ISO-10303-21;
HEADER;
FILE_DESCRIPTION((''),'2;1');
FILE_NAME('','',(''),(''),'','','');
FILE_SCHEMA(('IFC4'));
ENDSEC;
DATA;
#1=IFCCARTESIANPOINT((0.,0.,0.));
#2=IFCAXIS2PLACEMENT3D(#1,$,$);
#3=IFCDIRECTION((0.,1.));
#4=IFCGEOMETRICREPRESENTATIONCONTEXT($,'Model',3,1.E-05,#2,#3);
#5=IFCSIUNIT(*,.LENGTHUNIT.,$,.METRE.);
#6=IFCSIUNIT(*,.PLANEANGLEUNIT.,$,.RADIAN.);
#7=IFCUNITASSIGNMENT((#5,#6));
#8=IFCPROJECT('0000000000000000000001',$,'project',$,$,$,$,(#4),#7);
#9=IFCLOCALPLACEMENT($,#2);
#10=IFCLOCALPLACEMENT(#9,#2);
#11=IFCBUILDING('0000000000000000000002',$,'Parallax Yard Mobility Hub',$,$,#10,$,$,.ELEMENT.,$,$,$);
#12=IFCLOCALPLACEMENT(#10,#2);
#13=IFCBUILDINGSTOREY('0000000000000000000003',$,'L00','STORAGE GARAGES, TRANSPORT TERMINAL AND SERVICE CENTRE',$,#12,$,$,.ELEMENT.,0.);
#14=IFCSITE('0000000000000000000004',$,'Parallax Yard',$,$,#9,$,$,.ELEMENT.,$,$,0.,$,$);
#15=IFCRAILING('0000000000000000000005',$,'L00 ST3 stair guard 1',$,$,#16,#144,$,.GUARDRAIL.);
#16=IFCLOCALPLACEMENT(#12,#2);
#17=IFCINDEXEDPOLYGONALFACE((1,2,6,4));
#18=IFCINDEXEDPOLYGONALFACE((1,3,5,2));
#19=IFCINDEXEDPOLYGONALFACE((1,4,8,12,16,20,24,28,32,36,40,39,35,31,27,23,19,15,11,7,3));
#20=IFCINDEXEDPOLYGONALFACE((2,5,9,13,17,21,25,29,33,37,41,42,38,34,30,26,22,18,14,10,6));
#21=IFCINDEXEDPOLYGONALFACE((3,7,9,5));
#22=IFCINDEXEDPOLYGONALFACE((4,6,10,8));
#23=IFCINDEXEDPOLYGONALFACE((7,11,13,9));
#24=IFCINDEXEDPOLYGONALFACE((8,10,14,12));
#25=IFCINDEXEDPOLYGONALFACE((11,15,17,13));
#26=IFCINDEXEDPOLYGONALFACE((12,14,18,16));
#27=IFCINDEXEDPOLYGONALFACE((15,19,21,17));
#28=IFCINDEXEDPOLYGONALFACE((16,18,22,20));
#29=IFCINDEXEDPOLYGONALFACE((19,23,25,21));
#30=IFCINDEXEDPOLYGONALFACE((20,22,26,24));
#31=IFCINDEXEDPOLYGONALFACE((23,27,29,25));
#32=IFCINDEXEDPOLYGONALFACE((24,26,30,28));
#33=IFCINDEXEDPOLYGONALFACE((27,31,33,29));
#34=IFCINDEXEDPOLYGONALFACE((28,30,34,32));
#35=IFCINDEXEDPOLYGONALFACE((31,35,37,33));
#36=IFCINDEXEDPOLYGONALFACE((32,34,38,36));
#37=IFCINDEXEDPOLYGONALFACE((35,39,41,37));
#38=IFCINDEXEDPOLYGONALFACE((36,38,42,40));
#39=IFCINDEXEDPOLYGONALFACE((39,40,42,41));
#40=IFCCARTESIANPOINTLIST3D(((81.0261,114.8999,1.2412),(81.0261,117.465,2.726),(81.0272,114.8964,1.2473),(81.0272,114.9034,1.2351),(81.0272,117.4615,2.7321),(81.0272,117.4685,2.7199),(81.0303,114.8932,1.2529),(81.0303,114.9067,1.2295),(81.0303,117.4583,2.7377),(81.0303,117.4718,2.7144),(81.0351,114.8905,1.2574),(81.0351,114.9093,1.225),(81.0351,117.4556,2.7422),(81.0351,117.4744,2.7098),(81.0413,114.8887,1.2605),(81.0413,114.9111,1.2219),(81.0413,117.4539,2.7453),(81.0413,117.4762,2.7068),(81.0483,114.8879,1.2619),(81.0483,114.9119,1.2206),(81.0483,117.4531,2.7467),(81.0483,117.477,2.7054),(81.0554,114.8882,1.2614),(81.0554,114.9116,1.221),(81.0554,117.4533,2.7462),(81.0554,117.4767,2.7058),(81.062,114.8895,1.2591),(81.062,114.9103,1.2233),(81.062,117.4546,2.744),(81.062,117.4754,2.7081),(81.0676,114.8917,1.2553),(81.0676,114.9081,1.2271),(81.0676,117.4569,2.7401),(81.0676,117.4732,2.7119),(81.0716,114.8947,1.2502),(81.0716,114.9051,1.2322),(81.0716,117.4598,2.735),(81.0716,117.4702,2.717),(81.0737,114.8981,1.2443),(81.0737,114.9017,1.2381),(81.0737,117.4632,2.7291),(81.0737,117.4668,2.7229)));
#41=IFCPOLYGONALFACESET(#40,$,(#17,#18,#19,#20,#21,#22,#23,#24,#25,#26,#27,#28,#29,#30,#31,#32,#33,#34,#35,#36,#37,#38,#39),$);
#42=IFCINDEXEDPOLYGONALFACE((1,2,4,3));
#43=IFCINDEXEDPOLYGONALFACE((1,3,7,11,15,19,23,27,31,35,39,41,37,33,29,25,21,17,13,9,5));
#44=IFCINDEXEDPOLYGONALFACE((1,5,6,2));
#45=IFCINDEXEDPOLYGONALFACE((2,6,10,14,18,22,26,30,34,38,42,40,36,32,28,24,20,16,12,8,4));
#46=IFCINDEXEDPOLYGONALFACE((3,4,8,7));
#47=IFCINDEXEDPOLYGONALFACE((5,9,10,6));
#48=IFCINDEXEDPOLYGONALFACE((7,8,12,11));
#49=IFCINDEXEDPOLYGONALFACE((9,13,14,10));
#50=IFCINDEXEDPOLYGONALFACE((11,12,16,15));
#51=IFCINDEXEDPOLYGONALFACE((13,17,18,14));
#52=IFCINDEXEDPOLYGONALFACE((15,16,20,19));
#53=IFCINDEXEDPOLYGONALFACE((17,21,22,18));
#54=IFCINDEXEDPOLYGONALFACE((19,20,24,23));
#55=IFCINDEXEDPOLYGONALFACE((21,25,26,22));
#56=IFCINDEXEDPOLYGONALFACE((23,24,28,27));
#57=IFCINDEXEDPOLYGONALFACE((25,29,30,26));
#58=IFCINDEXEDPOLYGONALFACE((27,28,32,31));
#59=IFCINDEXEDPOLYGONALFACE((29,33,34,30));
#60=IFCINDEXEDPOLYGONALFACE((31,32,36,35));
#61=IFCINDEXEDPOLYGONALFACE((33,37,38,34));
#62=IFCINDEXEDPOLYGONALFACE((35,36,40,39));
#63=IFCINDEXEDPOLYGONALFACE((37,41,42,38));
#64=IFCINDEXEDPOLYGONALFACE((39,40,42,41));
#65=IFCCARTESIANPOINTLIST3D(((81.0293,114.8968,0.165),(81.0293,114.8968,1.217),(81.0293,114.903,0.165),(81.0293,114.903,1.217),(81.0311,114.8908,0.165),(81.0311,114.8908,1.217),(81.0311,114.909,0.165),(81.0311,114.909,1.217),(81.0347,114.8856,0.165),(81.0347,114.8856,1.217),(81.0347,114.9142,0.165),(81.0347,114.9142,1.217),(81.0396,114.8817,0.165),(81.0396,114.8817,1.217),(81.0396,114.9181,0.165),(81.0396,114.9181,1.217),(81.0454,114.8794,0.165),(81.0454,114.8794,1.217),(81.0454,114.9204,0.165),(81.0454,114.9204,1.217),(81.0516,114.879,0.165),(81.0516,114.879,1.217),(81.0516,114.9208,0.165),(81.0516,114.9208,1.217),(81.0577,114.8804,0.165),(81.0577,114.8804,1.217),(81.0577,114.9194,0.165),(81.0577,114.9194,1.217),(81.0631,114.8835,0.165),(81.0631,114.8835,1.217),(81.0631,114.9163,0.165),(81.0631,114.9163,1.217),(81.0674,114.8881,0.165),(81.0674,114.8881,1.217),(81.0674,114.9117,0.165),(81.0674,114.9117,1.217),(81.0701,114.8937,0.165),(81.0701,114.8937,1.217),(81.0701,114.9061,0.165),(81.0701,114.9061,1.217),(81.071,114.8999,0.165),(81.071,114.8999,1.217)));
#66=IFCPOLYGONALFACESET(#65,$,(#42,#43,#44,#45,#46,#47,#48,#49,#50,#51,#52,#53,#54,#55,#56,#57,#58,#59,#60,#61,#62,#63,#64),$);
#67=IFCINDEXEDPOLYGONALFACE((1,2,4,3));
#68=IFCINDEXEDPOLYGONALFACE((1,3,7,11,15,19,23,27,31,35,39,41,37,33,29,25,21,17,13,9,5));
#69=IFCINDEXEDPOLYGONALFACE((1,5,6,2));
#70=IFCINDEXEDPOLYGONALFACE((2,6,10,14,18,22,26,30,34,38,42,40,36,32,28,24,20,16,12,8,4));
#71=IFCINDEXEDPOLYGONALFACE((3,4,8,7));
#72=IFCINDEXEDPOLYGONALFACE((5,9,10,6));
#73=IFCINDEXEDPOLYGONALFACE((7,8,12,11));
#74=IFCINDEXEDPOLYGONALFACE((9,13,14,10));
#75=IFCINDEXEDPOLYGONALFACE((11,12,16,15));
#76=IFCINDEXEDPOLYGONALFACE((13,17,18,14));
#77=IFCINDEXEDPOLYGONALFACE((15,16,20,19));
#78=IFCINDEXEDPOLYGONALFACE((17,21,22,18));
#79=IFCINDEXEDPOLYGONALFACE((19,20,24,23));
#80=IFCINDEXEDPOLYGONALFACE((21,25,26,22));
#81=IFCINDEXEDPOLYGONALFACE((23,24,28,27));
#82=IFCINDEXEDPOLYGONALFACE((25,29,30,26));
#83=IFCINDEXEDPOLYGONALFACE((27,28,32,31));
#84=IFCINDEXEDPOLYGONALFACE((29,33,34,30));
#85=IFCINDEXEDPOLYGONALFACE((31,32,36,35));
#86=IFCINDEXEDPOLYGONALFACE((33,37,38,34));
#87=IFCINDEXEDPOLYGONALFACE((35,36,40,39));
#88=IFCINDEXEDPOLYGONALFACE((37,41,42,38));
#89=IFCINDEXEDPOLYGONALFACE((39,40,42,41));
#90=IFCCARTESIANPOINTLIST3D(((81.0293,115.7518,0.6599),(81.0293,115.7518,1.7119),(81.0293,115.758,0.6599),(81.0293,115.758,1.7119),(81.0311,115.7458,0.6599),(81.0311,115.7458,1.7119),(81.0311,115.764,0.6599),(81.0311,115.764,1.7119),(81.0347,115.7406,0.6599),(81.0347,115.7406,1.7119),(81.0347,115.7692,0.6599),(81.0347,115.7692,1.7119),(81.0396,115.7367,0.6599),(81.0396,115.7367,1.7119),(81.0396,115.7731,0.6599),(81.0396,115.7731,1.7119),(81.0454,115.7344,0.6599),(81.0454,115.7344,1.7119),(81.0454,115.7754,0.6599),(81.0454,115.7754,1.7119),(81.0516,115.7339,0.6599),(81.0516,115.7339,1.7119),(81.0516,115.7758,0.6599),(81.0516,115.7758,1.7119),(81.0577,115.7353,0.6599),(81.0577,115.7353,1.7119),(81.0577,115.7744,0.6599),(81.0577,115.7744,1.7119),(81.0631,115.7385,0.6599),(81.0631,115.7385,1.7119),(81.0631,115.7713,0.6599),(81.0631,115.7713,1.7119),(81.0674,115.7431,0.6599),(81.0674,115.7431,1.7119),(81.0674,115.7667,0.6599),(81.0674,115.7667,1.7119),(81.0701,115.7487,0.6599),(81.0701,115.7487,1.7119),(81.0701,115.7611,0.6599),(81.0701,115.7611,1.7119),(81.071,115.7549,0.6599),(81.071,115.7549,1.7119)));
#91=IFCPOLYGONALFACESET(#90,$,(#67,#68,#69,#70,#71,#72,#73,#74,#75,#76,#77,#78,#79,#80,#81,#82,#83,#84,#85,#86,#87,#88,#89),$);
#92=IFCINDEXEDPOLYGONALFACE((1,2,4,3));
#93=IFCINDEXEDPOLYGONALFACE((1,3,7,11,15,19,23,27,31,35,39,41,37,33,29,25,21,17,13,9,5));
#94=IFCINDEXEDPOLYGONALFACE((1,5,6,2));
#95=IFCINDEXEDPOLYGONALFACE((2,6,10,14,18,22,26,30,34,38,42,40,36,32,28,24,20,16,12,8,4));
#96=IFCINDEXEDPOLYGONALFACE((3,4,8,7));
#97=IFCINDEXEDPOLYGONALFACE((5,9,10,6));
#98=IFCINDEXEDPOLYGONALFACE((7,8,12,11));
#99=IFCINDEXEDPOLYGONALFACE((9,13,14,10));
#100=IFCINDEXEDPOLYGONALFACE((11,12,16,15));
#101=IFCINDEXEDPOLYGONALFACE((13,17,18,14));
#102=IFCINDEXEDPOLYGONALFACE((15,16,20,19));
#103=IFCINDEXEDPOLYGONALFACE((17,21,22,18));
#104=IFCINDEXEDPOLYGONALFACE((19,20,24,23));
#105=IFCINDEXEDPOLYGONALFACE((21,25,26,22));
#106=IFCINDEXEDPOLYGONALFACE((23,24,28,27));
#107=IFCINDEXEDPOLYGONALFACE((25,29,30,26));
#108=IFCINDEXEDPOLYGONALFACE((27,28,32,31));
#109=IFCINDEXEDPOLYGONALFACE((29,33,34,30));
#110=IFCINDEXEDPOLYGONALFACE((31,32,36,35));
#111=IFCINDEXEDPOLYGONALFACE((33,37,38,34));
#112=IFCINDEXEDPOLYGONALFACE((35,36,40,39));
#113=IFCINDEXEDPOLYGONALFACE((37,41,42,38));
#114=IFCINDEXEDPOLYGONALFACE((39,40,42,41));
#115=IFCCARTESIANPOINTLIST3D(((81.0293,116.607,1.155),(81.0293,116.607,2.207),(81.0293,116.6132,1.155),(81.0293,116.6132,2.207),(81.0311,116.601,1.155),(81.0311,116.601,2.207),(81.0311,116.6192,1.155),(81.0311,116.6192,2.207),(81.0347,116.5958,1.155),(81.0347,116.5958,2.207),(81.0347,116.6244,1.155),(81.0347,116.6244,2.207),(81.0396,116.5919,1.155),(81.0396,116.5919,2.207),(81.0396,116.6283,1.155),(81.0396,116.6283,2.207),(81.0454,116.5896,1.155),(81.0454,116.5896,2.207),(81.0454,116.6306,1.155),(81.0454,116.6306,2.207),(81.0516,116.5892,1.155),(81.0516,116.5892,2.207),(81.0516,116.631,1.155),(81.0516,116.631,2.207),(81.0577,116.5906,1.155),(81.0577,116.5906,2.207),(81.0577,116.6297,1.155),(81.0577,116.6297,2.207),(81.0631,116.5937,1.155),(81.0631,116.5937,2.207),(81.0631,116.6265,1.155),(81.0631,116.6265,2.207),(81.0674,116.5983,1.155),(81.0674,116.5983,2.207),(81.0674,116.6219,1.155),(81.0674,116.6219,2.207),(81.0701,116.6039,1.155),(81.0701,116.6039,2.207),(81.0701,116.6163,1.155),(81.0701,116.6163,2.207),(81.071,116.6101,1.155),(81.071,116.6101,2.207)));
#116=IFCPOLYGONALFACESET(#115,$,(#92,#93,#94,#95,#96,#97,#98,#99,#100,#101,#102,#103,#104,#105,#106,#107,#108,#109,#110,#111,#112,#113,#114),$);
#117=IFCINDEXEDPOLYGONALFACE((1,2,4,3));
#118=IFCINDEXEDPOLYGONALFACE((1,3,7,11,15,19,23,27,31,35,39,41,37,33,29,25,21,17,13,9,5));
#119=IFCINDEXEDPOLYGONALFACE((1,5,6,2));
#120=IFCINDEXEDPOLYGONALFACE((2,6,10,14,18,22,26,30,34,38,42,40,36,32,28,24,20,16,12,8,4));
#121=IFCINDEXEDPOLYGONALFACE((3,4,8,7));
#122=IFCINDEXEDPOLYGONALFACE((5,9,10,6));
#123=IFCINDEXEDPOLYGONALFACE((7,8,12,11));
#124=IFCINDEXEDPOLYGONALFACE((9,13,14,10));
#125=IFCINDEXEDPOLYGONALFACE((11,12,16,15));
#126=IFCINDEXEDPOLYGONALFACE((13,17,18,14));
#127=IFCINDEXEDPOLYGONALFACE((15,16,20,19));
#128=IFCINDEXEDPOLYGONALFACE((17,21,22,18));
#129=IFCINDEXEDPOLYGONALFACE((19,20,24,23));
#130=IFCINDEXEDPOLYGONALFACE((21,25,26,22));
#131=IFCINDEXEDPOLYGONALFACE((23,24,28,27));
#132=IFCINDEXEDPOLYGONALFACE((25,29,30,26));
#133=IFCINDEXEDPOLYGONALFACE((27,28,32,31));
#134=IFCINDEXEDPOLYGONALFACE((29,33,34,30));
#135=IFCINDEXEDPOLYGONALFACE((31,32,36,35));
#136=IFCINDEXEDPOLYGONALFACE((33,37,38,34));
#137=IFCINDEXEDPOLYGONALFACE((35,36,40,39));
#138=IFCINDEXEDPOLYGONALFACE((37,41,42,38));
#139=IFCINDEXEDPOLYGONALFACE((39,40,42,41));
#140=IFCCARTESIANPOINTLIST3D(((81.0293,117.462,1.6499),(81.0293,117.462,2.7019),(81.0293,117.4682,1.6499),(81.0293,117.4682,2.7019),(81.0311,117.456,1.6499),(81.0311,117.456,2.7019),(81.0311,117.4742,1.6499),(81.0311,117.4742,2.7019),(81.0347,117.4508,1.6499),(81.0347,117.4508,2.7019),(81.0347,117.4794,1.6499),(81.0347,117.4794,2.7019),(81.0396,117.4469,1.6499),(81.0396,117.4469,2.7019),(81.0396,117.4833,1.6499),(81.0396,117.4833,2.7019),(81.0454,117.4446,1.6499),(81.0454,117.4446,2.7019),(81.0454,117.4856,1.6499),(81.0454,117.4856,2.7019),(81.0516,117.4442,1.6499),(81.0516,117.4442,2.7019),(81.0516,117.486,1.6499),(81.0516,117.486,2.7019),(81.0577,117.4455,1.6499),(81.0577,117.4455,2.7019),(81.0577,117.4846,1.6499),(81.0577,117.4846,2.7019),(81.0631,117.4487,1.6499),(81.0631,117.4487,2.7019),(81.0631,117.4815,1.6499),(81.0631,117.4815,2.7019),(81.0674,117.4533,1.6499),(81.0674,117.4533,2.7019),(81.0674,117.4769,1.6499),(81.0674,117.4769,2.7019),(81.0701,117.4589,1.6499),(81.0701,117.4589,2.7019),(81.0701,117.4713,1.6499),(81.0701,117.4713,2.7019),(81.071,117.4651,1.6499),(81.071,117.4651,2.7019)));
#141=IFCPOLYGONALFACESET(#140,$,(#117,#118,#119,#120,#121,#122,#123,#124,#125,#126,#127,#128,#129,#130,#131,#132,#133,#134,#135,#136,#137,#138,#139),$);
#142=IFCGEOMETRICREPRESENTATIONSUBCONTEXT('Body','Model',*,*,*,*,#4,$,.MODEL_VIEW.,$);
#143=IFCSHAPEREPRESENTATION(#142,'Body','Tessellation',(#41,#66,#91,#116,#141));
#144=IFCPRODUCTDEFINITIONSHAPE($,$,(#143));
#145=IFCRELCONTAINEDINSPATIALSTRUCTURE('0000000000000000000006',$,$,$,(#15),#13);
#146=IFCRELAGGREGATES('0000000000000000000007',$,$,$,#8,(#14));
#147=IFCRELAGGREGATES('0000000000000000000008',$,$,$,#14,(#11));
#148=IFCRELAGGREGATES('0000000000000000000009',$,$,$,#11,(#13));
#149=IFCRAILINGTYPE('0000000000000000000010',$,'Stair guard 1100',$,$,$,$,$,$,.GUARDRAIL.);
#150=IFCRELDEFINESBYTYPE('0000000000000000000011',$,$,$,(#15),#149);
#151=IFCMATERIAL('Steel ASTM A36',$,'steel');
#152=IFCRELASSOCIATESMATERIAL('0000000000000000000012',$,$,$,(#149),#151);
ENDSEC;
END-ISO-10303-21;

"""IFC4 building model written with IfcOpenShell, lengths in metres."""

from ifc_helpers import new_model, si_unit, direction, frame, origin, origin_2d, place, context, subcontext, project, spatial, circle, extrude, material, type_object, element, save


model = new_model("IFC4")

# Units and contexts
model_context = context("Model", 3, precision=1e-05, world=origin(), true_north=direction((0.0, 1.0)))
body_context = subcontext(model_context, "Body", "Model", "MODEL_VIEW")
ifc_project = project(units=[si_unit("LENGTHUNIT", "METRE"), si_unit("PLANEANGLEUNIT", "RADIAN")], contexts=[model_context])

# Site, building, storey
site_placement = place(None, origin())
site = spatial("IfcSite", under=ifc_project, at=site_placement, Name="Parallax Yard", CompositionType="ELEMENT", RefElevation=0.0)
building_placement = place(site_placement, origin())
building = spatial("IfcBuilding", under=site, at=building_placement, Name="Parallax Yard Mobility Hub", CompositionType="ELEMENT")
storey_placement = place(building_placement, origin())
storey = spatial("IfcBuildingStorey", under=building, at=storey_placement, Name="L00", Description="STORAGE GARAGES, TRANSPORT TERMINAL AND SERVICE CENTRE", CompositionType="ELEMENT", Elevation=0.0)

# Railing
ifc_material_1 = material(Name="Steel ASTM A36", Category="steel")
railing_type_1 = type_object("IfcRailingType", Name="Stair guard 1100", PredefinedType="GUARDRAIL", material=ifc_material_1)
railing_1_placement = place(storey_placement, frame((81.05, 114.8999, 0.165)))
element("IfcRailing", 1, at=railing_1_placement, inside=storey, type_object=railing_type_1, Name="L00 ST3 stair guard 1", PredefinedType="GUARDRAIL", context=body_context, shape_type="SweptSolid", body=[
    extrude(circle(Radius=0.0239, at=origin_2d()), frame((0.0, 0.0, 1.0762), z_axis=(0.0, 0.865462, 0.500975), x_axis=(-1.0, 0.0, 0.0)), (0.0, 0.0, 1.0), 2.9639),
    extrude(circle(Radius=0.021, at=origin_2d()), origin(), (0.0, 0.0, 1.0), 1.052),
    extrude(circle(Radius=0.021, at=origin_2d()), frame((0.0, 0.855, 0.4949)), (0.0, 0.0, 1.0), 1.052),
    extrude(circle(Radius=0.021, at=origin_2d()), frame((0.0, 1.7102, 0.99)), (0.0, 0.0, 1.0), 1.052),
    extrude(circle(Radius=0.021, at=origin_2d()), frame((0.0, 2.5652, 1.4849)), (0.0, 0.0, 1.0), 1.052),
])

save(model, "model.ifc")
